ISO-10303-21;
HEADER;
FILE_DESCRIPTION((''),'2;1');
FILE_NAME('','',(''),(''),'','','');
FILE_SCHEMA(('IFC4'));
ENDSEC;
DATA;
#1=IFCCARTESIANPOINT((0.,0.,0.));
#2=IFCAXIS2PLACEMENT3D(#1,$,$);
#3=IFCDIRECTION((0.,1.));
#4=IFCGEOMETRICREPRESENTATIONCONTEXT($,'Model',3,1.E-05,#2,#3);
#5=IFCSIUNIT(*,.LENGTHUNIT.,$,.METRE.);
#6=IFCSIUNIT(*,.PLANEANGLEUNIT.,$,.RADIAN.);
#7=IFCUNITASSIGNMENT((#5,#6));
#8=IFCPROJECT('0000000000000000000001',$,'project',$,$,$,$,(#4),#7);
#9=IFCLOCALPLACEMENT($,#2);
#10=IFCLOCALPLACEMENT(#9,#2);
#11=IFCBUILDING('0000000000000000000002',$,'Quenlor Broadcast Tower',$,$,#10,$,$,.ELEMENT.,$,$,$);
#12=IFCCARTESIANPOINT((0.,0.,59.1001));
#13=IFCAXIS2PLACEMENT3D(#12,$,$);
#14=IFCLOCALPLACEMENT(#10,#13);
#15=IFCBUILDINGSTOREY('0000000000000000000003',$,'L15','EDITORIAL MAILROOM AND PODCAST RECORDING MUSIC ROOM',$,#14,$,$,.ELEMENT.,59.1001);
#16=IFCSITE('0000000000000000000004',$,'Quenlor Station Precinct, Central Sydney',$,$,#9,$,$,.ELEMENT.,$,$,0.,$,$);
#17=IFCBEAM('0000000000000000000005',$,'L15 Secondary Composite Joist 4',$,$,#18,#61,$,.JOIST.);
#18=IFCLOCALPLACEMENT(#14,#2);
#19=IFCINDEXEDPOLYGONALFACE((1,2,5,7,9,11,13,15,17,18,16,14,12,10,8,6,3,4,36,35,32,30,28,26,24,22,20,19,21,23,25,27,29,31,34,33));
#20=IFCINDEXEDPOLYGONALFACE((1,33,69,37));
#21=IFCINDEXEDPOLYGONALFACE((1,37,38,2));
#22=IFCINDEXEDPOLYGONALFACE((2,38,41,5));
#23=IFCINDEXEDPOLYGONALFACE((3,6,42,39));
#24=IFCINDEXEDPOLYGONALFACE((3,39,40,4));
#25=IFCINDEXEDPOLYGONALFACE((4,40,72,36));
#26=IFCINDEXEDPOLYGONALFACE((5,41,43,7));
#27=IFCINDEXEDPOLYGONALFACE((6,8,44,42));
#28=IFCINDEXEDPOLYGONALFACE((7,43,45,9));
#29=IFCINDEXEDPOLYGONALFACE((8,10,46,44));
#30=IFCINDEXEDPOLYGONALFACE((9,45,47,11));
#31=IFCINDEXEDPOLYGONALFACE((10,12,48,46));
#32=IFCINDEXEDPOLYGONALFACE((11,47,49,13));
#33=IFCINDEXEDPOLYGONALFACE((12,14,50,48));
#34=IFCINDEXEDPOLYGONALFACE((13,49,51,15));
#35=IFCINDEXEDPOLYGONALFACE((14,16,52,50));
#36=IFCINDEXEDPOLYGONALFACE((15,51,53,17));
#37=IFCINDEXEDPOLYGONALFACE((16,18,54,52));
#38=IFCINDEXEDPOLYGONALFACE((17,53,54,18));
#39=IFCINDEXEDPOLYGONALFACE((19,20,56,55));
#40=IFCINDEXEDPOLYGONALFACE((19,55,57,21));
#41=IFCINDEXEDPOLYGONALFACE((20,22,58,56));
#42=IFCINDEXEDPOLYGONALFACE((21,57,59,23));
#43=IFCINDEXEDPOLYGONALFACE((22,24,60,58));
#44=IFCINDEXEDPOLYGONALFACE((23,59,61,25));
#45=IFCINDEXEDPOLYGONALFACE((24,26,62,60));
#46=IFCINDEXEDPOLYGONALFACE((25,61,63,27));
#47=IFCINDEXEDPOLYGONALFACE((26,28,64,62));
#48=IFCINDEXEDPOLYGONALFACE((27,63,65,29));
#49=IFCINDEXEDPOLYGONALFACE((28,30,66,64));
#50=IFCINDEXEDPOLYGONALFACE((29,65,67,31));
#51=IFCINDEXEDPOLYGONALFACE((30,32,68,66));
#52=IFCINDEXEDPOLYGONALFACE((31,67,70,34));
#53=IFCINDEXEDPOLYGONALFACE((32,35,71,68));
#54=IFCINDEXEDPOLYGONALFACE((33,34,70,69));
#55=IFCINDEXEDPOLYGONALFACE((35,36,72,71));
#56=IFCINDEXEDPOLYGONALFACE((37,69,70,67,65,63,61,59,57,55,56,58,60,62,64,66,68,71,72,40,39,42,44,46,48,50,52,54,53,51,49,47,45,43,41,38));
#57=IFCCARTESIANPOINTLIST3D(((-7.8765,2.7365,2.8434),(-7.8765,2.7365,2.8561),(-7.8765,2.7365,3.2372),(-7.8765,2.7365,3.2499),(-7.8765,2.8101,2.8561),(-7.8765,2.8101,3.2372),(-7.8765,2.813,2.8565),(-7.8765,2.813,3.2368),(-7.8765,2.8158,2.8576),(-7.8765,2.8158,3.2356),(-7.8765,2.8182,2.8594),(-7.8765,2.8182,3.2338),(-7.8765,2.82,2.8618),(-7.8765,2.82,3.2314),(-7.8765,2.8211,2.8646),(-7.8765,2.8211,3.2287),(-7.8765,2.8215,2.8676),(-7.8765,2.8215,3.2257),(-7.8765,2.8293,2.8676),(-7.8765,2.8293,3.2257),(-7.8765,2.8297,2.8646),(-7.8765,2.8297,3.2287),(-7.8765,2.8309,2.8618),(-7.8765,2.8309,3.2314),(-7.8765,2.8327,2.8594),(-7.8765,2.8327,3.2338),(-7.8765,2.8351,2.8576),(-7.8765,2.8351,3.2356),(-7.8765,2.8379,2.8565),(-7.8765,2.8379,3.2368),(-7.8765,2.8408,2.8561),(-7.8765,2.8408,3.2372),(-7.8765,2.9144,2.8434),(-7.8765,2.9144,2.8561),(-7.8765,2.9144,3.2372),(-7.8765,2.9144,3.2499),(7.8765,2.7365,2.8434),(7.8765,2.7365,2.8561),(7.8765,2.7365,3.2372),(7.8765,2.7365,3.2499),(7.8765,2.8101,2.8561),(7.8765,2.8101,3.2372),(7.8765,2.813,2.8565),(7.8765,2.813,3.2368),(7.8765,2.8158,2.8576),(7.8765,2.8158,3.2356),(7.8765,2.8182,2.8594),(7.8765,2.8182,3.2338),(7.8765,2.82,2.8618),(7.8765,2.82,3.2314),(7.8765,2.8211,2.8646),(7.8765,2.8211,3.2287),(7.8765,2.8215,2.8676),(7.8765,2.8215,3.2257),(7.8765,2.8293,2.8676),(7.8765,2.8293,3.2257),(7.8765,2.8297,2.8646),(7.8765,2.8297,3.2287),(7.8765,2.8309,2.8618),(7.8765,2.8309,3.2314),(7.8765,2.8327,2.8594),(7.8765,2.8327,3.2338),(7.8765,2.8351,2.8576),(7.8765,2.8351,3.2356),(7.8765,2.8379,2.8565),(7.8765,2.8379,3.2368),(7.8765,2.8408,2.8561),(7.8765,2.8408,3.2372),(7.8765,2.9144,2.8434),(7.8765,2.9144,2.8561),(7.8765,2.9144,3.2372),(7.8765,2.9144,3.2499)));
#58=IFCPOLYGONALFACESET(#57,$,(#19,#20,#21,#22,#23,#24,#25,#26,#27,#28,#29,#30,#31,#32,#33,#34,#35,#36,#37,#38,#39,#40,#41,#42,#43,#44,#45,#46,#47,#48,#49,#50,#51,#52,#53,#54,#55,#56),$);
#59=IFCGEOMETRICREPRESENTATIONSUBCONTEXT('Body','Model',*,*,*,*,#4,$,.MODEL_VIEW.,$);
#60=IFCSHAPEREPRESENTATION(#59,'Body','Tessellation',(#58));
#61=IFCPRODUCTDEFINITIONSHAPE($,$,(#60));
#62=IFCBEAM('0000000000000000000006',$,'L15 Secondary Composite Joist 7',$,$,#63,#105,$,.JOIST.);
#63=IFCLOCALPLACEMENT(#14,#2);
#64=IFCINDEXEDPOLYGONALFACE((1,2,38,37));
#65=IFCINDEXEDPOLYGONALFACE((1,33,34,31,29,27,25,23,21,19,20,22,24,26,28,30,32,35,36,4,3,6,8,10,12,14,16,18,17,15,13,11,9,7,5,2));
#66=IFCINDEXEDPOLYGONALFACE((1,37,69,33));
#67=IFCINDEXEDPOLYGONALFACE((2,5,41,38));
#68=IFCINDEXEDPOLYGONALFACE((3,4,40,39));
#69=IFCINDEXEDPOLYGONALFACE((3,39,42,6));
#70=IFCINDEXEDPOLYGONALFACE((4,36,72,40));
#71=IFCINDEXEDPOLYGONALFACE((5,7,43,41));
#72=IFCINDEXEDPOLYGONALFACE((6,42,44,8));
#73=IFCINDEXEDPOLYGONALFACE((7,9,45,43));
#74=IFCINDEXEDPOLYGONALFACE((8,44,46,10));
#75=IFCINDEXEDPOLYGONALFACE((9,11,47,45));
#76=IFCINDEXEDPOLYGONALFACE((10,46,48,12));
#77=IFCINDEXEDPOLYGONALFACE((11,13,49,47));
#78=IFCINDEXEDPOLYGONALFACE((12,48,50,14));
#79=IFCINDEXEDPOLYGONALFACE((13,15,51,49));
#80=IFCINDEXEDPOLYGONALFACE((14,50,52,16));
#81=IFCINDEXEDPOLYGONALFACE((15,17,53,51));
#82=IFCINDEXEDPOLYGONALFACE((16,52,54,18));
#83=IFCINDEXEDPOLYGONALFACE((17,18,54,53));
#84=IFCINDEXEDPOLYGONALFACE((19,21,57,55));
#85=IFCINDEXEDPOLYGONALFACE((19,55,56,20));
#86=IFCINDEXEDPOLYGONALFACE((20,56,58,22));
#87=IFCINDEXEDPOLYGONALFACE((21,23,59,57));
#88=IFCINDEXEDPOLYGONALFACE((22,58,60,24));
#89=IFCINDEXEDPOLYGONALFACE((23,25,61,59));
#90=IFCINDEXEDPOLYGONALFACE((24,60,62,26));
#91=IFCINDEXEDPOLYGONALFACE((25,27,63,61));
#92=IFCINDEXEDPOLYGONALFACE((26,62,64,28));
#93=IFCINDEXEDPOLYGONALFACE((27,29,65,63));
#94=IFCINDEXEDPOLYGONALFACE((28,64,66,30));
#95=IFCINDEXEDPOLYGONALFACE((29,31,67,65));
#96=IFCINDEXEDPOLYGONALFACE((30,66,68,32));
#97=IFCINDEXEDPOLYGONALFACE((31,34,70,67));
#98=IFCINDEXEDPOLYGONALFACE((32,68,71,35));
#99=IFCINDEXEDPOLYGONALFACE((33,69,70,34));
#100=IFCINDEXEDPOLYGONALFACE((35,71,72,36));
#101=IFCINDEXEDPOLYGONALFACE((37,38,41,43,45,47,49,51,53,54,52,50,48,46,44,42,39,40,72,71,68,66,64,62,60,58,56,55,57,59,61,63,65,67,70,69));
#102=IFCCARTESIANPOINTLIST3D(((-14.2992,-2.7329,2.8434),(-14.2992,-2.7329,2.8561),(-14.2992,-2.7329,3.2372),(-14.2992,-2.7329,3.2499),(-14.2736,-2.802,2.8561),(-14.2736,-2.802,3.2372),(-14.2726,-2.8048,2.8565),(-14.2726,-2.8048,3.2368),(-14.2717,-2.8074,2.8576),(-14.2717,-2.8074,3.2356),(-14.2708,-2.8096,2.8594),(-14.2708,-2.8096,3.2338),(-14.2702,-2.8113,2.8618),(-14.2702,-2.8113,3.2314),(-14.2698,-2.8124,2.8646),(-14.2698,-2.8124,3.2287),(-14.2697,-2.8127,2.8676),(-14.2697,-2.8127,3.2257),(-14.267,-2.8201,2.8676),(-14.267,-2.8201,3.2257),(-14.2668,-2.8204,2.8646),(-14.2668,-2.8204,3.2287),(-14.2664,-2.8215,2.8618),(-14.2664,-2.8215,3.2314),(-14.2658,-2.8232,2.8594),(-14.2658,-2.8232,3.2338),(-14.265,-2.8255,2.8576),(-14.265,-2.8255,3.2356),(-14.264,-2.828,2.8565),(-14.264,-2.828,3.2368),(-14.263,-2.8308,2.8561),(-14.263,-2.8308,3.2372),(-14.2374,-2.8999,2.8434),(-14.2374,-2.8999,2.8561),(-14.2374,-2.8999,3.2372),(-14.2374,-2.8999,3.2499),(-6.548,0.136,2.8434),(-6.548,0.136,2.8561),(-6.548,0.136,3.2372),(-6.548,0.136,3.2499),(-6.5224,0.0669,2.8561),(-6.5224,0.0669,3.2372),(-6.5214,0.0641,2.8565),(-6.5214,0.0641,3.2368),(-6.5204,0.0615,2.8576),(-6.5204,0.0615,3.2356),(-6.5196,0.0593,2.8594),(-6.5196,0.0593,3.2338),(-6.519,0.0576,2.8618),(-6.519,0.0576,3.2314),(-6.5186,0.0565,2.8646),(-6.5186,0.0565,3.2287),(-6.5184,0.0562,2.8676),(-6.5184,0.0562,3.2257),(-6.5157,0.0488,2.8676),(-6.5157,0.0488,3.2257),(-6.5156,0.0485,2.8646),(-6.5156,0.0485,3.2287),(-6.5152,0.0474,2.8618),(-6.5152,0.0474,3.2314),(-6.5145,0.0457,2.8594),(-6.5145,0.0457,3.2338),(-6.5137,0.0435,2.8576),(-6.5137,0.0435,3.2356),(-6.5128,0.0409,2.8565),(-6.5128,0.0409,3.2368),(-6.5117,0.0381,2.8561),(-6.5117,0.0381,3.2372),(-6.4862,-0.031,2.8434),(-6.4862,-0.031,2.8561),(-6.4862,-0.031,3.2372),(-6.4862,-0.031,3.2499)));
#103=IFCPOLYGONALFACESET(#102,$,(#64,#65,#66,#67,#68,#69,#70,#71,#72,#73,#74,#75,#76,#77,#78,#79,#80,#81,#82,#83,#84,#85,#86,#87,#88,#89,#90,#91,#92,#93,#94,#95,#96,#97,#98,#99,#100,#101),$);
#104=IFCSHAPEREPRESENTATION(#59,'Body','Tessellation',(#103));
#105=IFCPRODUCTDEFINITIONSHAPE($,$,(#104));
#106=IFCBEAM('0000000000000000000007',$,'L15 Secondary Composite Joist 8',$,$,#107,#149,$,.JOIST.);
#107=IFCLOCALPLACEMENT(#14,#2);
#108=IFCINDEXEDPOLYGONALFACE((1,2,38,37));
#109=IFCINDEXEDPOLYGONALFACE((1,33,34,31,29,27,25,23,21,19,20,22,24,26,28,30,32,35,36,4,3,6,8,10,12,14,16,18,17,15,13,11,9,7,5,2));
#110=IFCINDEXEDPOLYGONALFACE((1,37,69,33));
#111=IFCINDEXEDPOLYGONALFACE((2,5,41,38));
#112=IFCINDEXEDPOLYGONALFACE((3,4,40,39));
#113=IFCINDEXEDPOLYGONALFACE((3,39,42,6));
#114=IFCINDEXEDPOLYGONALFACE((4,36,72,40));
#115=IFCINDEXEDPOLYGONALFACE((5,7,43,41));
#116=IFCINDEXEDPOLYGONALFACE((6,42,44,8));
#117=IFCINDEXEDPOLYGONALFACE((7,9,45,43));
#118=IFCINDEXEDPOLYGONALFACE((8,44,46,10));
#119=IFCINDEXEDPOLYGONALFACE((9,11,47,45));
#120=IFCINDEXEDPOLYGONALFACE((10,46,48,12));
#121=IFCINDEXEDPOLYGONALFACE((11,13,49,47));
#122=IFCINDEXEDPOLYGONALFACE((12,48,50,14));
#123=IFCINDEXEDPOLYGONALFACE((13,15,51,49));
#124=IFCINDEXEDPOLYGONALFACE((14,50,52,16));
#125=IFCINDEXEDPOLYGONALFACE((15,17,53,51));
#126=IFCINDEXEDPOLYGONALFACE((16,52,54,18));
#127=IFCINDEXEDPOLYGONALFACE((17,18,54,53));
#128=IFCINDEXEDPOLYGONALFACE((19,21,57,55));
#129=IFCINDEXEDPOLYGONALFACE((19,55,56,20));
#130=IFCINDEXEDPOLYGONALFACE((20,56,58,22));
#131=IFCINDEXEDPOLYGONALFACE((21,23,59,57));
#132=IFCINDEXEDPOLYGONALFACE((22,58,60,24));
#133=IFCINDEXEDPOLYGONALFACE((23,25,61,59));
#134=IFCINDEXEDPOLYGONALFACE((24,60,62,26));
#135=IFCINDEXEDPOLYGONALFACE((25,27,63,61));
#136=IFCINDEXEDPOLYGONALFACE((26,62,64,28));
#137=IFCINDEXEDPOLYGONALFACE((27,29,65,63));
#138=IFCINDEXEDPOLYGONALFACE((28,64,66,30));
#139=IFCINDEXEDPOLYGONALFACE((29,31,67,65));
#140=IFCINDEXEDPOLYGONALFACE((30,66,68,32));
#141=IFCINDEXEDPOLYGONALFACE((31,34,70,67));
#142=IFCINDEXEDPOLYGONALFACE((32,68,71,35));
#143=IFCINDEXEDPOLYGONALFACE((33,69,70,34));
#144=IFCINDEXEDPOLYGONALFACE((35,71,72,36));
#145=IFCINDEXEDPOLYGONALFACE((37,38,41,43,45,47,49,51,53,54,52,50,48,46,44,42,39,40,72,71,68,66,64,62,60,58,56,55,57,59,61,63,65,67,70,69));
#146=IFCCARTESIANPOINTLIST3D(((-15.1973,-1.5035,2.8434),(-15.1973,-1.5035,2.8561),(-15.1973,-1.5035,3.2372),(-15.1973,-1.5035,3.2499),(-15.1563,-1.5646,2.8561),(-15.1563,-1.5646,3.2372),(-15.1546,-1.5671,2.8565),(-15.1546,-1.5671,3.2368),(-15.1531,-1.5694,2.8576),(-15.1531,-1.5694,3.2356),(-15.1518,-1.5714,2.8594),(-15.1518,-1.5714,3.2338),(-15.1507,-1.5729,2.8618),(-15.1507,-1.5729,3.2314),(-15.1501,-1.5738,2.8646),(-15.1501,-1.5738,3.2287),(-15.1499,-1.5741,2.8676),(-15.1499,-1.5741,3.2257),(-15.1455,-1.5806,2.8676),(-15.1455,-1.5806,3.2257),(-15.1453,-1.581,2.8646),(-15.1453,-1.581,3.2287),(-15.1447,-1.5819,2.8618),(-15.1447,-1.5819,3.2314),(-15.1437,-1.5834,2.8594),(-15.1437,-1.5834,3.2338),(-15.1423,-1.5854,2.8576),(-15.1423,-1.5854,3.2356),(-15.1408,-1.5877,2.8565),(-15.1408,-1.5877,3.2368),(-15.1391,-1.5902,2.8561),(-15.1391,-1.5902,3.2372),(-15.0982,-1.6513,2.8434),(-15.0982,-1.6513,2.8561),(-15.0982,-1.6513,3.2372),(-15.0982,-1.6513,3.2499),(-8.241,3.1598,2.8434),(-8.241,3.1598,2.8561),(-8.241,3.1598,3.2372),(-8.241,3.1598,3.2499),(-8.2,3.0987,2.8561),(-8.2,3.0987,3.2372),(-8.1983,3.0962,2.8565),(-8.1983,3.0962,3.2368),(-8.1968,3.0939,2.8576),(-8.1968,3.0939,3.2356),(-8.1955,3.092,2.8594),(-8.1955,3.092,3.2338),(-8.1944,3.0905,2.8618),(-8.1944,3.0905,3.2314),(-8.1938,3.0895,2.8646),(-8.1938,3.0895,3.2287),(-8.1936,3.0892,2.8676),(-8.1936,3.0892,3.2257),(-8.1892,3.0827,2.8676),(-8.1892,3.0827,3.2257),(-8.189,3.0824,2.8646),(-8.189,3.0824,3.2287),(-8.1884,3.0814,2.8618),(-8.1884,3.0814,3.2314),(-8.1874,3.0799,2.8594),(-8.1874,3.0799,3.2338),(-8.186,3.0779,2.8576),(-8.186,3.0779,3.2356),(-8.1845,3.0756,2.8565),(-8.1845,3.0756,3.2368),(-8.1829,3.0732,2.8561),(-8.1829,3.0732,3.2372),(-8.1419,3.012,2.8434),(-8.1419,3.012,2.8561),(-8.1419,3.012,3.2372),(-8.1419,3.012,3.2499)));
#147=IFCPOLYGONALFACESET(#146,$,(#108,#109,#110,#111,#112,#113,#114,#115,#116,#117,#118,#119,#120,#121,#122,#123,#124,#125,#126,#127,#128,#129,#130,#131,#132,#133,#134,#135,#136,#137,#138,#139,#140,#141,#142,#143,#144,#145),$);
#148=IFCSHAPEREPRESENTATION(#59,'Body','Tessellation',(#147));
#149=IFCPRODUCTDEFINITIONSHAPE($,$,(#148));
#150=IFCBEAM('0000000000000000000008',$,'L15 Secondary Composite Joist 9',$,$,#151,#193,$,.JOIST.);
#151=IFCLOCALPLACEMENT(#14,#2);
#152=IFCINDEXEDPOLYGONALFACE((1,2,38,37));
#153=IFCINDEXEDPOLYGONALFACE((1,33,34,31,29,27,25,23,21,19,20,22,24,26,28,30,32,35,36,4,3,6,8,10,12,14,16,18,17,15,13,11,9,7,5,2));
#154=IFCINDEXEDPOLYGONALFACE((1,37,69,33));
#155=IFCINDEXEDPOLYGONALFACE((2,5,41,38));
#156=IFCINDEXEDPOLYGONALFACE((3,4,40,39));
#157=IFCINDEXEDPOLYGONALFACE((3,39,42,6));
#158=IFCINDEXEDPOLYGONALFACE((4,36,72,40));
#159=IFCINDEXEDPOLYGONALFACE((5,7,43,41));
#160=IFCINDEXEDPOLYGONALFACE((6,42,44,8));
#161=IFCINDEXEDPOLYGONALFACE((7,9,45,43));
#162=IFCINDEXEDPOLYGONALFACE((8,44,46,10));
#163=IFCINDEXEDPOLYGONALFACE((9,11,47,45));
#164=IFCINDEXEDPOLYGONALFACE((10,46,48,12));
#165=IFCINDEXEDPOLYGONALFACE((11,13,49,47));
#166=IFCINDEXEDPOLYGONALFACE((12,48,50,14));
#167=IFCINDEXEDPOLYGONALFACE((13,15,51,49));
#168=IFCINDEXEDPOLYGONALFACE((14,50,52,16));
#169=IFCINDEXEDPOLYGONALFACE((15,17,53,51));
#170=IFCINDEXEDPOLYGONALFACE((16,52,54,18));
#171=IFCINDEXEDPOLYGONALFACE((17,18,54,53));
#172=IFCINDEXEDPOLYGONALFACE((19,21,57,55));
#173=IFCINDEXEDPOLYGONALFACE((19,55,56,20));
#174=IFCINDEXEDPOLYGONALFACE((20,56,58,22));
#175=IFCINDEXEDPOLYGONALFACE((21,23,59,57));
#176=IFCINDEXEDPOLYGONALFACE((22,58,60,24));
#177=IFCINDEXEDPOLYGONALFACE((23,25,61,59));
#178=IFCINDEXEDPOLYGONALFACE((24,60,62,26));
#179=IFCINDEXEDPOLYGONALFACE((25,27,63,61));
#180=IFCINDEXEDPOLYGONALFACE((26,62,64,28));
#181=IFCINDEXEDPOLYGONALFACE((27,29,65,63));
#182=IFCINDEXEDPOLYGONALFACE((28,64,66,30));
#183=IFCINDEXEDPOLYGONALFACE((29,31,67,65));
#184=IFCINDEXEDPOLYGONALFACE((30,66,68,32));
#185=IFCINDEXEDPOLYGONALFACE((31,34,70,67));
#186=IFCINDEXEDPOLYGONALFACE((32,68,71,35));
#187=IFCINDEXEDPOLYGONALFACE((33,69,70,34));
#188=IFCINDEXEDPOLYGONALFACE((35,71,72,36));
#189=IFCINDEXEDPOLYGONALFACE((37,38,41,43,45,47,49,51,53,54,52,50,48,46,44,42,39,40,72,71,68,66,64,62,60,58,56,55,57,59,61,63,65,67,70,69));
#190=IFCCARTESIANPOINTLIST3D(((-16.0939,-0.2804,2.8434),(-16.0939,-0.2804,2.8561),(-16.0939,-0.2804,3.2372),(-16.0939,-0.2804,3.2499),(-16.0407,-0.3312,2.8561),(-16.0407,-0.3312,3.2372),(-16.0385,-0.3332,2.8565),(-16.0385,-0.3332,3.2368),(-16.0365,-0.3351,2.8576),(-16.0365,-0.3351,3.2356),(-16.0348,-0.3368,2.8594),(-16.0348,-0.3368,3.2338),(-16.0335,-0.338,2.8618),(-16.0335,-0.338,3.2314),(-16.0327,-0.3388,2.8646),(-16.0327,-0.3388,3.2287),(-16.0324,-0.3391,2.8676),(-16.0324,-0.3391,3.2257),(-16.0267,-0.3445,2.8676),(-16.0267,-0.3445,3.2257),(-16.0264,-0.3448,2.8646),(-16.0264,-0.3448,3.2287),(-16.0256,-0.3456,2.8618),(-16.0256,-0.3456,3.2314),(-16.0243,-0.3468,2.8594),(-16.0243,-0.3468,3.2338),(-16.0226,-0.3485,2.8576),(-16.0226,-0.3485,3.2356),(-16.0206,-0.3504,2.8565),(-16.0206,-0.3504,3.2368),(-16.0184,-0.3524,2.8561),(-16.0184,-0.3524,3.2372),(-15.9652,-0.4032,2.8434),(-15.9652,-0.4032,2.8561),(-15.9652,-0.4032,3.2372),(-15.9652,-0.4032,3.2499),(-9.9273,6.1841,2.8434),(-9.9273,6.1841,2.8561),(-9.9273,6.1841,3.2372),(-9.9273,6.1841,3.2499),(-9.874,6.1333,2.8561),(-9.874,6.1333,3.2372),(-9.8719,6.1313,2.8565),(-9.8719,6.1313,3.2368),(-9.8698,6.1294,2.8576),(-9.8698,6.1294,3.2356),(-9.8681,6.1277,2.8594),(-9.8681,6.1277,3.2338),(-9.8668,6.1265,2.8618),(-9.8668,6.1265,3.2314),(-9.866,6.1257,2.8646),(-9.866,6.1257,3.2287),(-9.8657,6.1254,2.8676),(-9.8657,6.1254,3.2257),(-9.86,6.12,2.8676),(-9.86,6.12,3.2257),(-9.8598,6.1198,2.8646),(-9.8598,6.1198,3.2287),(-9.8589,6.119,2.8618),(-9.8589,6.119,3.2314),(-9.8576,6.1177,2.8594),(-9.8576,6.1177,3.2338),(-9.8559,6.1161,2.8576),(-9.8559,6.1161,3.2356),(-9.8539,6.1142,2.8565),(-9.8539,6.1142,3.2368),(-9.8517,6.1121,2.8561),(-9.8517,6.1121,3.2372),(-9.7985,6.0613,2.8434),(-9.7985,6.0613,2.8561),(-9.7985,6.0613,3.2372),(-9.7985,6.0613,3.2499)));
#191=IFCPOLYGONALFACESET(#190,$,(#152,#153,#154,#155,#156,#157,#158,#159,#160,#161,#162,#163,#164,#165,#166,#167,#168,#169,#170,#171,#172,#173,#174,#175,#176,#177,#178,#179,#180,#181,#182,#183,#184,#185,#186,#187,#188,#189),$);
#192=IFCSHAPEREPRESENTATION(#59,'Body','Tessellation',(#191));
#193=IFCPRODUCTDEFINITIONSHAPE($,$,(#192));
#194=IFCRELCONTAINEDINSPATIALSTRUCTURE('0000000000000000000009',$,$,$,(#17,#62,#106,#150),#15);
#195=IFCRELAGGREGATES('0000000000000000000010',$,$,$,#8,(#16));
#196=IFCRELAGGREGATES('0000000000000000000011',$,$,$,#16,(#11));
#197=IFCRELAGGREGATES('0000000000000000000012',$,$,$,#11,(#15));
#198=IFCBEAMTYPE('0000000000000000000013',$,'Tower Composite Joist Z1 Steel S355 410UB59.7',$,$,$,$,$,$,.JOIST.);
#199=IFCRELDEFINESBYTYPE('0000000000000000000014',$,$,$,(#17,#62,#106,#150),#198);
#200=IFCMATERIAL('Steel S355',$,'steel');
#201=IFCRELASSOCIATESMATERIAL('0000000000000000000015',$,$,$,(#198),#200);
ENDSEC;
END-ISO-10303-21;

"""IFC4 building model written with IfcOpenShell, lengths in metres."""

from ifc_helpers import new_model, si_unit, direction, frame, origin, origin_2d, place, context, subcontext, project, spatial, i_section, extrude, material, material_profile, profile_set, type_object, element, save


model = new_model("IFC4")

# Units and contexts
model_context = context("Model", 3, precision=1e-05, world=origin(), true_north=direction((0.0, 1.0)))
body_context = subcontext(model_context, "Body", "Model", "MODEL_VIEW")
ifc_project = project(units=[si_unit("LENGTHUNIT", "METRE"), si_unit("PLANEANGLEUNIT", "RADIAN")], contexts=[model_context])

# Site, building, storey
site_placement = place(None, origin())
site = spatial("IfcSite", under=ifc_project, at=site_placement, Name="Quenlor Station Precinct, Central Sydney", CompositionType="ELEMENT", RefElevation=0.0)
building_placement = place(site_placement, origin())
building = spatial("IfcBuilding", under=site, at=building_placement, Name="Quenlor Broadcast Tower", CompositionType="ELEMENT")
storey_placement = place(building_placement, frame((0.0, 0.0, 59.1001)))
storey = spatial("IfcBuildingStorey", under=building, at=storey_placement, Name="L15", Description="EDITORIAL MAILROOM AND PODCAST RECORDING MUSIC ROOM", CompositionType="ELEMENT", Elevation=59.1001)

# Beams
ifc_material_1 = material(Name="Steel S355", Category="steel")
ifc_material_profile_1 = material_profile(ifc_material_1, i_section(OverallWidth=0.178, OverallDepth=0.4065, WebThickness=0.0078, FlangeThickness=0.0127, FilletRadius=0.0115, at=origin_2d()))
ifc_profile_set_1 = profile_set([ifc_material_profile_1], Name="Steel S355 410UB59.7")
beam_type_1 = type_object("IfcBeamType", Name="Tower Composite Joist Z1 Steel S355 410UB59.7", PredefinedType="JOIST", material=ifc_profile_set_1)
beam_1_placement = place(storey_placement, frame((-7.8765, 2.8254, 3.0466), z_axis=(1.0, 0.0, 0.0), x_axis=(0.0, 1.0, 0.0)))
element("IfcBeam", 1, at=beam_1_placement, inside=storey, type_object=beam_type_1, Name="L15 Secondary Composite Joist 4", PredefinedType="JOIST", context=body_context, shape_type="SweptSolid", body=[
    extrude(i_section(OverallWidth=0.178, OverallDepth=0.4065, WebThickness=0.0078, FlangeThickness=0.0127, FilletRadius=0.0115, at=origin_2d()), origin(), (0.0, 0.0, 1.0), 15.7529),
])
beam_2_placement = place(storey_placement, frame((-14.2683, -2.8164, 3.0466), z_axis=(0.937825, 0.347109, 0.0), x_axis=(-0.347109, 0.937825, 0.0)))
element("IfcBeam", 2, at=beam_2_placement, inside=storey, type_object=beam_type_1, Name="L15 Secondary Composite Joist 7", PredefinedType="JOIST", context=body_context, shape_type="SweptSolid", body=[
    extrude(i_section(OverallWidth=0.178, OverallDepth=0.4065, WebThickness=0.0078, FlangeThickness=0.0127, FilletRadius=0.0115, at=origin_2d()), origin(), (0.0, 0.0, 1.0), 8.2651),
])
beam_3_placement = place(storey_placement, frame((-15.1477, -1.5774, 3.0466), z_axis=(0.830626, 0.556831, 0.0), x_axis=(-0.556831, 0.830626, 0.0)))
element("IfcBeam", 3, at=beam_3_placement, inside=storey, type_object=beam_type_1, Name="L15 Secondary Composite Joist 8", PredefinedType="JOIST", context=body_context, shape_type="SweptSolid", body=[
    extrude(i_section(OverallWidth=0.178, OverallDepth=0.4065, WebThickness=0.0078, FlangeThickness=0.0127, FilletRadius=0.0115, at=origin_2d()), origin(), (0.0, 0.0, 1.0), 8.3748),
])
beam_4_placement = place(storey_placement, frame((-16.0295, -0.3418, 3.0466), z_axis=(0.690241, 0.723579, 0.0), x_axis=(-0.723579, 0.690241, 0.0)))
element("IfcBeam", 4, at=beam_4_placement, inside=storey, type_object=beam_type_1, Name="L15 Secondary Composite Joist 9", PredefinedType="JOIST", context=body_context, shape_type="SweptSolid", body=[
    extrude(i_section(OverallWidth=0.178, OverallDepth=0.4065, WebThickness=0.0078, FlangeThickness=0.0127, FilletRadius=0.0115, at=origin_2d()), origin(), (0.0, 0.0, 1.0), 8.9341),
])

save(model, "model.ifc")
